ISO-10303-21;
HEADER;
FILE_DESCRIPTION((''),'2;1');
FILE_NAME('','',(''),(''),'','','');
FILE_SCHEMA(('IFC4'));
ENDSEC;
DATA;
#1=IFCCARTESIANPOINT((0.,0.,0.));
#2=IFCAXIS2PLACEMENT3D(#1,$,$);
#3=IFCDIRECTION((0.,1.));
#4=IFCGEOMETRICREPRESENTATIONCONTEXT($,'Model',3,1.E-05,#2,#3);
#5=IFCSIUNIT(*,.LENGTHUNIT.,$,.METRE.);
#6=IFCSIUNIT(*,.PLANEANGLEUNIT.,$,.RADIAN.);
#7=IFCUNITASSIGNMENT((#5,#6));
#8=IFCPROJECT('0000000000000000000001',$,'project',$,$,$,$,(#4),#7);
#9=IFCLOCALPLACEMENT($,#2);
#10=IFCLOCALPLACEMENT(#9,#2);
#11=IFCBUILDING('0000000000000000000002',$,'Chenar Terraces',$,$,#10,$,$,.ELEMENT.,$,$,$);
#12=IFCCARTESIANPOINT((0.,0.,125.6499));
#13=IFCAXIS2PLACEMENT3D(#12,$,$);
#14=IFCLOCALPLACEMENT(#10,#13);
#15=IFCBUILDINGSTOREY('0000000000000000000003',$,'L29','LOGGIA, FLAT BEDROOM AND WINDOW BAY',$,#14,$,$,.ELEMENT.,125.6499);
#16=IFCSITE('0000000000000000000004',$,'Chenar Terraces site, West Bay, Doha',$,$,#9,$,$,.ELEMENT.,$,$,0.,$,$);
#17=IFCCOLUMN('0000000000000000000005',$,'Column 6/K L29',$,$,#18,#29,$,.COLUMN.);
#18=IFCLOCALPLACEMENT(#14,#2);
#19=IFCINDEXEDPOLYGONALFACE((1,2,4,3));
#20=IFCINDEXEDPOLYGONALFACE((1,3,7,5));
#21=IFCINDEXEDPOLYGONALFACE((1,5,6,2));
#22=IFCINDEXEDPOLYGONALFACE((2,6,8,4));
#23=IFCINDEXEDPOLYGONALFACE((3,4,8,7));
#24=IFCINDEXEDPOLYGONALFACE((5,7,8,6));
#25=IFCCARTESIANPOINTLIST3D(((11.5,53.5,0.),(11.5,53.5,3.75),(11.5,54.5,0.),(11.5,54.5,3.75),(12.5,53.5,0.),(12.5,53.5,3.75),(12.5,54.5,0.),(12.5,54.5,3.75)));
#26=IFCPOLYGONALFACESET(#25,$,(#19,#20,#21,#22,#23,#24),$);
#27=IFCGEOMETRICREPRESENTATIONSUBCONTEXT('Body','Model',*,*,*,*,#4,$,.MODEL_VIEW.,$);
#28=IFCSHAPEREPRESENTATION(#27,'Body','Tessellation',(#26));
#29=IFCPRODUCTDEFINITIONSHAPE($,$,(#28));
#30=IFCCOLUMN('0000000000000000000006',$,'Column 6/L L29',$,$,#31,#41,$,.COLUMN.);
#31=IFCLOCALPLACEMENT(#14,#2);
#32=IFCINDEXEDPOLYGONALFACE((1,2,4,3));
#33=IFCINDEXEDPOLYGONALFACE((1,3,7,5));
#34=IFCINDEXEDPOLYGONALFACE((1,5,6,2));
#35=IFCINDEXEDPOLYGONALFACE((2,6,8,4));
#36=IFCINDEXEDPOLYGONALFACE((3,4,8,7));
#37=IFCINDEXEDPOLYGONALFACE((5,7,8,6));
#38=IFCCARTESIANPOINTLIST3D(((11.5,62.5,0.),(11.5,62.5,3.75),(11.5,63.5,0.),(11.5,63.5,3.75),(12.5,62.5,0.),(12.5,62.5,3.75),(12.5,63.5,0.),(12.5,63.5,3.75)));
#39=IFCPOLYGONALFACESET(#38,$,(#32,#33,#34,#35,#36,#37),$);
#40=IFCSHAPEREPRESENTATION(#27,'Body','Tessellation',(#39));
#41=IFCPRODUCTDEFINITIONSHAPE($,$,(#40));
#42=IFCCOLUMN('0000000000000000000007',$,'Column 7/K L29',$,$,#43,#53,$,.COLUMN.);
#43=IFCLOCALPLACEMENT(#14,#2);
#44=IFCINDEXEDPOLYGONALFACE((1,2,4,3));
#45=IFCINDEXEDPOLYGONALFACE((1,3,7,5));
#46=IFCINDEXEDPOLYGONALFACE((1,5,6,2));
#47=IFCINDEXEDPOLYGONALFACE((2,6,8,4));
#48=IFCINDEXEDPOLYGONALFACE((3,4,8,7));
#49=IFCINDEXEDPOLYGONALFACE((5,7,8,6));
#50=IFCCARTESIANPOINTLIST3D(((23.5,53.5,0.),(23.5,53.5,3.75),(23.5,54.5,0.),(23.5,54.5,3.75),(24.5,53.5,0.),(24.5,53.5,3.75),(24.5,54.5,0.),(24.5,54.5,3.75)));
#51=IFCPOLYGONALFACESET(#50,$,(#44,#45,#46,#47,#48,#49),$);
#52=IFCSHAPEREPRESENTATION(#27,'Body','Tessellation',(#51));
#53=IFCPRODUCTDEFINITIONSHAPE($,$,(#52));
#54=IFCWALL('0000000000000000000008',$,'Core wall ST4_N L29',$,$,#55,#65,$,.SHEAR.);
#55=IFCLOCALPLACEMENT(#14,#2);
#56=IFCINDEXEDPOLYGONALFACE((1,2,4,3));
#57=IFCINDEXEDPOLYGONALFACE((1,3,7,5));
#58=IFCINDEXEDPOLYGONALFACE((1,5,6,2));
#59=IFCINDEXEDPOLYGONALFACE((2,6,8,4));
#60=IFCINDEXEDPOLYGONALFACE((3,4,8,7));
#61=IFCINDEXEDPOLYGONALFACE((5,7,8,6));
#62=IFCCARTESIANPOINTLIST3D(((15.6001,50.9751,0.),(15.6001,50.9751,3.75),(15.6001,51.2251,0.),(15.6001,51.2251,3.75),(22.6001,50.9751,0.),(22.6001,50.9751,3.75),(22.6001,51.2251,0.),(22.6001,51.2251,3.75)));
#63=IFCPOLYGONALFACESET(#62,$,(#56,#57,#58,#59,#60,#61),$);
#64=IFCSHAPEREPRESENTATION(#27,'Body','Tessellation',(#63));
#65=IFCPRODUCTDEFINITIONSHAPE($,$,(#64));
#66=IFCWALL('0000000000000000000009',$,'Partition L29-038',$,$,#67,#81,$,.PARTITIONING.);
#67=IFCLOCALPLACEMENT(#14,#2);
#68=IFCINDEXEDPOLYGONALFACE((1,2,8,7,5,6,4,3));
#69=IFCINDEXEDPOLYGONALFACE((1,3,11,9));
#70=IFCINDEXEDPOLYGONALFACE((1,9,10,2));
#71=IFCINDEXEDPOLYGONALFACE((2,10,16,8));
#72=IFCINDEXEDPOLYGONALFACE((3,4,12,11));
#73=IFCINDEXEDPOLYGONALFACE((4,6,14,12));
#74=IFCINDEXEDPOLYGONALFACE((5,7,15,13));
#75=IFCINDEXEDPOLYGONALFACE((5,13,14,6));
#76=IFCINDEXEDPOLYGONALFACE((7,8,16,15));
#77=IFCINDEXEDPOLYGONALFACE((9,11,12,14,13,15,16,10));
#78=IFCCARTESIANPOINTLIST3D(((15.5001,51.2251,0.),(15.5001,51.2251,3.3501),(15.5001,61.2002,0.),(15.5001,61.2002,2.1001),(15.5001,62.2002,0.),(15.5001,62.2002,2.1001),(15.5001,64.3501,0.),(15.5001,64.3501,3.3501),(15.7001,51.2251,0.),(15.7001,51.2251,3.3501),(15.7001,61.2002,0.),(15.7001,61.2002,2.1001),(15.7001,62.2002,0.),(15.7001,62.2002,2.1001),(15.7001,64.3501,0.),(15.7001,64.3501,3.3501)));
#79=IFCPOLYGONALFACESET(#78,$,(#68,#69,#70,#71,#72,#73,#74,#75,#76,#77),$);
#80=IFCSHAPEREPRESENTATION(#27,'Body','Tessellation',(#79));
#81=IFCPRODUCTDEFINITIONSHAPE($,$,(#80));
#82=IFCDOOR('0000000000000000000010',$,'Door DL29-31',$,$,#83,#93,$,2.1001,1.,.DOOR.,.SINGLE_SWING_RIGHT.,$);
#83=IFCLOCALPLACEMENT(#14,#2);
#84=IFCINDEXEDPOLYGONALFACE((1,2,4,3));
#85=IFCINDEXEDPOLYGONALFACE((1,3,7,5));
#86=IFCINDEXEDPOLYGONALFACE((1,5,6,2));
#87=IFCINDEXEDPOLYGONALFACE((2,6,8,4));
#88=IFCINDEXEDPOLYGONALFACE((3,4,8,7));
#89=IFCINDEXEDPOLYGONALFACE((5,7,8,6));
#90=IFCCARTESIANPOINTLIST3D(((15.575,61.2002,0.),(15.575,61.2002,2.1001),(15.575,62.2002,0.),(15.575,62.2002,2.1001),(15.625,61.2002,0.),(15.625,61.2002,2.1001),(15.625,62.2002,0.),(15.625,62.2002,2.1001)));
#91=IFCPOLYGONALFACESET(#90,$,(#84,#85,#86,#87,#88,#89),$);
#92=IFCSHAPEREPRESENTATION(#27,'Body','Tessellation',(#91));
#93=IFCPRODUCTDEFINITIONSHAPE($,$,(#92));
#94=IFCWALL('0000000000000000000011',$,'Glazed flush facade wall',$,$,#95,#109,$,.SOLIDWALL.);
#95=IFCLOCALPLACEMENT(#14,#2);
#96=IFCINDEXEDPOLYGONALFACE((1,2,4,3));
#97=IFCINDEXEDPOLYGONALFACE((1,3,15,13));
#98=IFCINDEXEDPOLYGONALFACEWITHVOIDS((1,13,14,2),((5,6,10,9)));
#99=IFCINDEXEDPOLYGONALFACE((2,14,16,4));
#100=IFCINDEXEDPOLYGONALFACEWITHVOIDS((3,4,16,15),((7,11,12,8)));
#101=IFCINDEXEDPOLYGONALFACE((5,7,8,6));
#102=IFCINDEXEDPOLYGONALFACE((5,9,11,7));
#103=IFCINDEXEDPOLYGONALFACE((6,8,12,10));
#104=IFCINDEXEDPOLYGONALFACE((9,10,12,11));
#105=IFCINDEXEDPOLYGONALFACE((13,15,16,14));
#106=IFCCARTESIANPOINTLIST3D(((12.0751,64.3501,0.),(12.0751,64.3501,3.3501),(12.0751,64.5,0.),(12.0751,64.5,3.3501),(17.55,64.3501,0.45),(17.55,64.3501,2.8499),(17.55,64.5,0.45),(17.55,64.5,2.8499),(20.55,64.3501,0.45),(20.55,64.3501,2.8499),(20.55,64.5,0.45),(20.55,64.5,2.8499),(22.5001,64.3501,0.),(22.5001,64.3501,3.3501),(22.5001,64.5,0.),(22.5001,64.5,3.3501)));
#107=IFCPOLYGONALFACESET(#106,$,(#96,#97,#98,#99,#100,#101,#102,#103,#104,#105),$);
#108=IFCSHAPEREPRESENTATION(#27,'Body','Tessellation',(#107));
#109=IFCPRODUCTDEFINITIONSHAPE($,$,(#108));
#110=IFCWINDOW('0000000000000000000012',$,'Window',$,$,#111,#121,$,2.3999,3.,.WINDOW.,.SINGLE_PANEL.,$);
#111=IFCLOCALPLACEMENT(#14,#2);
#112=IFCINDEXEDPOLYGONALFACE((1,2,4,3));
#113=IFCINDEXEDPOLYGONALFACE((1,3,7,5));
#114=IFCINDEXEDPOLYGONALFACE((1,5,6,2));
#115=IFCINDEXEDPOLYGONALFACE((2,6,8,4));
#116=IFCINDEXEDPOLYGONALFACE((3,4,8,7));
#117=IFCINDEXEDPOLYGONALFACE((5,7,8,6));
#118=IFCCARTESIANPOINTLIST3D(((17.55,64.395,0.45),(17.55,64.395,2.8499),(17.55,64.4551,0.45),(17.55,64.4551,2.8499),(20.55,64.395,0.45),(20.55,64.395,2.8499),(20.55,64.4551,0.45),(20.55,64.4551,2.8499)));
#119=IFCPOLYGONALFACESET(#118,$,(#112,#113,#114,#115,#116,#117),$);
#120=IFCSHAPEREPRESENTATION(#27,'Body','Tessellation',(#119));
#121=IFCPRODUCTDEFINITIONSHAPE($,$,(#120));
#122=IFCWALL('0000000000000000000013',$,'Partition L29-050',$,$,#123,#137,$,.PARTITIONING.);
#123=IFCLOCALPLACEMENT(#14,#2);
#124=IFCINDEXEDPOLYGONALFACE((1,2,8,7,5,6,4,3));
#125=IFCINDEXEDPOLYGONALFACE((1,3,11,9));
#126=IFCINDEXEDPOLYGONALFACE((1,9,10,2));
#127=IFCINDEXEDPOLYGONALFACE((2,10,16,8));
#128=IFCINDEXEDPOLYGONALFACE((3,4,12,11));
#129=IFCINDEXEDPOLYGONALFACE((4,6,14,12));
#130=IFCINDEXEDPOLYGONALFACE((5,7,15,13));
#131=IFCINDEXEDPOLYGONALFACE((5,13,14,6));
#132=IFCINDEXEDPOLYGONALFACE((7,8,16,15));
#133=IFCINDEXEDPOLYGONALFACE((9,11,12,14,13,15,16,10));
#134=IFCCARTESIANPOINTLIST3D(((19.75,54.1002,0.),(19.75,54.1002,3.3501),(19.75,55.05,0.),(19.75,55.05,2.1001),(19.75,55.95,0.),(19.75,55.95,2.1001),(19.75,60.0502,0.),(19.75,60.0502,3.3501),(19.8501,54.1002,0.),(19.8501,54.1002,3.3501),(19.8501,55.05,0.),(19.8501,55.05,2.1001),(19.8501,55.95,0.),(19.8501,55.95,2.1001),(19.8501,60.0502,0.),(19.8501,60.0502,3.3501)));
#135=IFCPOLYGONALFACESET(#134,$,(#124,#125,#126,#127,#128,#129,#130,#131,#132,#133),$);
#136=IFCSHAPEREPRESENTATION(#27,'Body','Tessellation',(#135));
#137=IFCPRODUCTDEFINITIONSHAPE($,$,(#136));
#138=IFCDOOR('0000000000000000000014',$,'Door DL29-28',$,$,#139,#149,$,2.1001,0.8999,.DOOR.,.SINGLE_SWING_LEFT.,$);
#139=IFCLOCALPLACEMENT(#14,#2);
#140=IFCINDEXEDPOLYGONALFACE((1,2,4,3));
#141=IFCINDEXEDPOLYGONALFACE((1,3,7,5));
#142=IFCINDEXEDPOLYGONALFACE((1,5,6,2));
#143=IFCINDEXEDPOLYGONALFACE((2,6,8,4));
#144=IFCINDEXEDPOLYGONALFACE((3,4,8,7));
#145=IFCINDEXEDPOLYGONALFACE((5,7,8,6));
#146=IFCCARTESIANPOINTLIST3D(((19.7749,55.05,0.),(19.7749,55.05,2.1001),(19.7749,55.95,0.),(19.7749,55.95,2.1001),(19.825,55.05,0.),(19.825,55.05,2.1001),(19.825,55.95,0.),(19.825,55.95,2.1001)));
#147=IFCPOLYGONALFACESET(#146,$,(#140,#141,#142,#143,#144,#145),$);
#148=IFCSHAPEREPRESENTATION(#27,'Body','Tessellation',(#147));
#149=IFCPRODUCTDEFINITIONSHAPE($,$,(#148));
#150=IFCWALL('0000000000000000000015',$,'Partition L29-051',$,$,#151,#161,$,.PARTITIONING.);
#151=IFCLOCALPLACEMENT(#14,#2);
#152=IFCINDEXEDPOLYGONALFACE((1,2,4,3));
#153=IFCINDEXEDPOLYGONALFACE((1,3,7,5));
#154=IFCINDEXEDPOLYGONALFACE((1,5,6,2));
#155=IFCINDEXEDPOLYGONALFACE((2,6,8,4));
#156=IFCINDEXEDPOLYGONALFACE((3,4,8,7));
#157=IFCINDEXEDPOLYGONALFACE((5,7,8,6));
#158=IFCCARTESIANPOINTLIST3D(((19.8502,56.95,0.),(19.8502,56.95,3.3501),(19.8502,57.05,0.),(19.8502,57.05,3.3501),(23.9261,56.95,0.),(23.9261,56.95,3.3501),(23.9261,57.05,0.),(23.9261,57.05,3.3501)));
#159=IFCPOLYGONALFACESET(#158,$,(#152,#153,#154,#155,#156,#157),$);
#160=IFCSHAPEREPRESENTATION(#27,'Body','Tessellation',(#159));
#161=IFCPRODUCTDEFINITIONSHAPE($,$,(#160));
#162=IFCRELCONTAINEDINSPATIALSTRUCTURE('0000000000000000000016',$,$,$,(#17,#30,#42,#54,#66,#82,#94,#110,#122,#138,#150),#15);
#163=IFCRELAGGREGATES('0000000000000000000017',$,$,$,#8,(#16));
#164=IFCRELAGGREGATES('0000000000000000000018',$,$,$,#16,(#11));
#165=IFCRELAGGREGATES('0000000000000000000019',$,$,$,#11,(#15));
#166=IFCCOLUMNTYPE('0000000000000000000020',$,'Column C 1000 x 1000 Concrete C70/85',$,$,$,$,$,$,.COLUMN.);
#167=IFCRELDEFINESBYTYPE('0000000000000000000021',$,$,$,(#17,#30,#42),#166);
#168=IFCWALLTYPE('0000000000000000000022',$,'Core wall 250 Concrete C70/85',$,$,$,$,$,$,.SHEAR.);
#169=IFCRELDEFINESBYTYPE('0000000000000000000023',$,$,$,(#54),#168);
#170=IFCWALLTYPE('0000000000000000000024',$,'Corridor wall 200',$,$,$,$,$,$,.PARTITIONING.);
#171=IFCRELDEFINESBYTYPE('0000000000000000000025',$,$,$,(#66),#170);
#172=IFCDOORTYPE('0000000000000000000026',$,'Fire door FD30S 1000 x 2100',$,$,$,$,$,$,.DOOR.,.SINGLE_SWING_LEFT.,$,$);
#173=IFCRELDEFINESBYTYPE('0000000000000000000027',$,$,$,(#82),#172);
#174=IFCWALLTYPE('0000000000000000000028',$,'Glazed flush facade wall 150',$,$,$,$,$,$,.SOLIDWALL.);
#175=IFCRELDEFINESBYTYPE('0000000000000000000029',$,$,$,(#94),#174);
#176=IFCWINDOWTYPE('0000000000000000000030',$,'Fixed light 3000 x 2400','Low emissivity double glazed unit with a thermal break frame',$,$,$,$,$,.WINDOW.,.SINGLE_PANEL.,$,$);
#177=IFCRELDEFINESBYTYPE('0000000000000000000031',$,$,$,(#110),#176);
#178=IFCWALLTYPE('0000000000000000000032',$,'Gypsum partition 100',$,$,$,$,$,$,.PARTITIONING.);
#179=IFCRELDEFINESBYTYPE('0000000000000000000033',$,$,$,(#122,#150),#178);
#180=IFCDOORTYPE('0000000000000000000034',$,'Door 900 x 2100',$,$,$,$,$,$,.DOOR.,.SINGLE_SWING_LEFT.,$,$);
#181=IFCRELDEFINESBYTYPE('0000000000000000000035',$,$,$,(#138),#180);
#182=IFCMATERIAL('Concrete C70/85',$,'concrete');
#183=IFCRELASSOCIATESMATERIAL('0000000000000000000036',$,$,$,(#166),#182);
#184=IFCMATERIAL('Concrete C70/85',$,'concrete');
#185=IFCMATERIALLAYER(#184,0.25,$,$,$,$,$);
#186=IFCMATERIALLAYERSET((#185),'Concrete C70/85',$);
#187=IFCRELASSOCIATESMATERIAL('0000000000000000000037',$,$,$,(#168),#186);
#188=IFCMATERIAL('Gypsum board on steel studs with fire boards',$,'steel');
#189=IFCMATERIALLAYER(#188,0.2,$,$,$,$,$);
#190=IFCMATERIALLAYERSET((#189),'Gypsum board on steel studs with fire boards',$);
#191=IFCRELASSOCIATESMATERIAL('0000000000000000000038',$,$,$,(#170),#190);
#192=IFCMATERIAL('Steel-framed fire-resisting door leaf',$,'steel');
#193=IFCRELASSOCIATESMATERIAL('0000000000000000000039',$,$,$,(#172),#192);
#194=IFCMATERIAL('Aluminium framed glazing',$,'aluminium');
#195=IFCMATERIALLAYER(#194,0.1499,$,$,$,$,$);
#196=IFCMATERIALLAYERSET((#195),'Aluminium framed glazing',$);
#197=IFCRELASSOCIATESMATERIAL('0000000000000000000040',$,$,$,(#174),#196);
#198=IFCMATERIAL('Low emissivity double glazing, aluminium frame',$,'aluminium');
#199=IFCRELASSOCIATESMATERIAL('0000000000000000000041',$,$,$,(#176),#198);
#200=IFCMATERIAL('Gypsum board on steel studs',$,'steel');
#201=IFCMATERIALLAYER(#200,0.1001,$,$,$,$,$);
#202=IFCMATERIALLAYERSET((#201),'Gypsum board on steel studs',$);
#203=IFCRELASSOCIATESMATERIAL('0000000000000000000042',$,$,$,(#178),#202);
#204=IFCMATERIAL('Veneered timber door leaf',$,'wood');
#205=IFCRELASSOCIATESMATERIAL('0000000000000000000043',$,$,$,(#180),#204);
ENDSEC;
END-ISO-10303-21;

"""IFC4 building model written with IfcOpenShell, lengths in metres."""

from ifc_helpers import new_model, si_unit, direction, frame, frame_2d, origin, origin_2d, place, context, subcontext, project, spatial, rectangle, extrude, material, layer, layer_set, material_profile, profile_set, type_object, element, fill, save


model = new_model("IFC4")

# Units and contexts
model_context = context("Model", 3, precision=1e-05, world=origin(), true_north=direction((0.0, 1.0)))
body_context = subcontext(model_context, "Body", "Model", "MODEL_VIEW")
ifc_project = project(units=[si_unit("LENGTHUNIT", "METRE"), si_unit("PLANEANGLEUNIT", "RADIAN")], contexts=[model_context])

# Site, building, storey
site_placement = place(None, origin())
site = spatial("IfcSite", under=ifc_project, at=site_placement, Name="Chenar Terraces site, West Bay, Doha", CompositionType="ELEMENT", RefElevation=0.0)
building_placement = place(site_placement, origin())
building = spatial("IfcBuilding", under=site, at=building_placement, Name="Chenar Terraces", CompositionType="ELEMENT")
storey_placement = place(building_placement, frame((0.0, 0.0, 125.6499)))
storey = spatial("IfcBuildingStorey", under=building, at=storey_placement, Name="L29", Description="LOGGIA, FLAT BEDROOM AND WINDOW BAY", CompositionType="ELEMENT", Elevation=125.6499)

# Columns
ifc_material_1 = material(Name="Concrete C70/85", Category="concrete")
ifc_material_profile = material_profile(ifc_material_1, rectangle(XDim=1.0, YDim=1.0, at=origin_2d()), Name="C 1000 x 1000")
ifc_profile_set = profile_set([ifc_material_profile], Name="Concrete C70/85")
column_type = type_object("IfcColumnType", Name="Column C 1000 x 1000 Concrete C70/85", PredefinedType="COLUMN", material=ifc_profile_set)
for number, where, z_axis, x_axis, name in (
    (1, (12.0, 54.0, 0.0), (0.0, 0.0, 1.0), (1.0, 0.0, 0.0), "Column 6/K L29"),
    (2, (12.0, 63.0, 0.0), (0.0, 0.0, 1.0), (1.0, 0.0, 0.0), "Column 6/L L29"),
    (3, (24.0, 54.0, 0.0), (0.0, 0.0, 1.0), (1.0, 0.0, 0.0), "Column 7/K L29"),
):
    element("IfcColumn", number, at=place(storey_placement, frame(where, z_axis=z_axis, x_axis=x_axis)), inside=storey, type_object=column_type, Name=name, PredefinedType="COLUMN", context=body_context, shape_type="SweptSolid", body=[
        extrude(rectangle(XDim=1.0, YDim=1.0, at=origin_2d()), origin(), (0.0, 0.0, 1.0), 3.75),
    ])

# Wall
ifc_material_2 = material(Name="Concrete C70/85", Category="concrete")
ifc_layer_1 = layer(ifc_material_2, 0.25)
ifc_layer_set_1 = layer_set([ifc_layer_1], Name="Concrete C70/85")
wall_type_1 = type_object("IfcWallType", Name="Core wall 250 Concrete C70/85", PredefinedType="SHEAR", material=ifc_layer_set_1)
wall_1_placement = place(storey_placement, frame((15.6001, 51.1001, 0.0), z_axis=(0.0, 0.0, 1.0), x_axis=(1.0, 0.0, 0.0)))
element("IfcWall", 4, at=wall_1_placement, inside=storey, type_object=wall_type_1, Name="Core wall ST4_N L29", PredefinedType="SHEAR", context=body_context, shape_type="SweptSolid", body=[
    extrude(rectangle(XDim=7.0, YDim=0.25, at=frame_2d((3.5, 0.0))), origin(), (0.0, 0.0, 1.0), 3.75),
])

# Wall, opening, door
ifc_material_3 = material(Name="Gypsum board on steel studs with fire boards", Category="steel")
ifc_layer_2 = layer(ifc_material_3, 0.2)
ifc_layer_set_2 = layer_set([ifc_layer_2], Name="Gypsum board on steel studs with fire boards")
wall_type_2 = type_object("IfcWallType", Name="Corridor wall 200", PredefinedType="PARTITIONING", material=ifc_layer_set_2)
wall_2_placement = place(storey_placement, frame((15.6001, 51.2251, 0.0), z_axis=(0.0, 0.0, 1.0), x_axis=(0.0, 1.0, 0.0)))
wall_2 = element("IfcWall", 5, at=wall_2_placement, inside=storey, type_object=wall_type_2, Name="Partition L29-038", PredefinedType="PARTITIONING", context=body_context, shape_type="SweptSolid", body=[
    extrude(rectangle(XDim=13.125, YDim=0.2, at=frame_2d((6.5625, 0.0))), origin(), (0.0, 0.0, 1.0), 3.3501),
])
opening_1_placement = place(wall_2_placement, frame((9.9751, 0.0, 0.0)))
opening_1 = element("IfcOpeningElement", 6, at=opening_1_placement, cuts=wall_2, PredefinedType="OPENING", context=body_context, shape_type="SweptSolid", body=[
    extrude(rectangle(XDim=1.0, YDim=2.1001, at=frame_2d((0.5, 1.05))), frame((0.0, 0.1099, 0.0), z_axis=(0.0, -1.0, 0.0), x_axis=(1.0, 0.0, 0.0)), (0.0, 0.0, 1.0), 0.22),
])
ifc_material_4 = material(Name="Steel-framed fire-resisting door leaf", Category="steel")
door_type_1 = type_object("IfcDoorType", Name="Fire door FD30S 1000 x 2100", OperationType="SINGLE_SWING_LEFT", PredefinedType="DOOR", material=ifc_material_4)
door_1_placement = place(opening_1_placement, frame((1.0, 0.0, 0.0), z_axis=(0.0, 0.0, 1.0), x_axis=(-1.0, 0.0, 0.0)))
door_1 = element("IfcDoor", 7, at=door_1_placement, inside=storey, type_object=door_type_1, Name="Door DL29-31", OperationType="SINGLE_SWING_RIGHT", OverallHeight=2.1001, OverallWidth=1.0, PredefinedType="DOOR", context=body_context, shape_type="SweptSolid", body=[
    extrude(rectangle(XDim=1.0, YDim=2.1001, at=frame_2d((0.5, 1.05))), frame((0.0, 0.0249, 0.0), z_axis=(0.0, -1.0, 0.0), x_axis=(1.0, 0.0, 0.0)), (0.0, 0.0, 1.0), 0.05),
])
fill(opening_1, door_1)

# Wall, opening, window
ifc_material_5 = material(Name="Aluminium framed glazing", Category="aluminium")
ifc_layer_3 = layer(ifc_material_5, 0.1499)
ifc_layer_set_3 = layer_set([ifc_layer_3], Name="Aluminium framed glazing")
wall_type_3 = type_object("IfcWallType", Name="Glazed flush facade wall 150", PredefinedType="SOLIDWALL", material=ifc_layer_set_3)
wall_3_placement = place(storey_placement, frame((22.5, 64.425, 0.0), z_axis=(0.0, 0.0, 1.0), x_axis=(-1.0, 0.0, 0.0)))
wall_3 = element("IfcWall", 8, at=wall_3_placement, inside=storey, type_object=wall_type_3, Name="Glazed flush facade wall", PredefinedType="SOLIDWALL", context=body_context, shape_type="SweptSolid", body=[
    extrude(rectangle(XDim=10.425, YDim=0.1499, at=frame_2d((5.2124, 0.0))), origin(), (0.0, 0.0, 1.0), 3.3501),
])
opening_2_placement = place(wall_3_placement, frame((1.95, 0.0, 0.45)))
opening_2 = element("IfcOpeningElement", 9, at=opening_2_placement, cuts=wall_3, PredefinedType="OPENING", context=body_context, shape_type="SweptSolid", body=[
    extrude(rectangle(XDim=3.0, YDim=2.3999, at=frame_2d((1.5, 1.2))), frame((0.0, 0.085, 0.0), z_axis=(0.0, -1.0, 0.0), x_axis=(1.0, 0.0, 0.0)), (0.0, 0.0, 1.0), 0.1699),
])
ifc_material_6 = material(Name="Low emissivity double glazing, aluminium frame", Category="aluminium")
window_type = type_object("IfcWindowType", Name="Fixed light 3000 x 2400", Description="Low emissivity double glazed unit with a thermal break frame", PartitioningType="SINGLE_PANEL", PredefinedType="WINDOW", material=ifc_material_6)
window_placement = place(opening_2_placement, origin())
window = element("IfcWindow", 10, at=window_placement, inside=storey, type_object=window_type, Name="Window", OverallHeight=2.3999, OverallWidth=3.0, PartitioningType="SINGLE_PANEL", PredefinedType="WINDOW", context=body_context, shape_type="SweptSolid", body=[
    extrude(rectangle(XDim=3.0, YDim=2.3999, at=frame_2d((1.5, 1.2))), frame((0.0, 0.03, 0.0), z_axis=(0.0, -1.0, 0.0), x_axis=(1.0, 0.0, 0.0)), (0.0, 0.0, 1.0), 0.0601),
])
fill(opening_2, window)

# Wall, opening, door
ifc_material_7 = material(Name="Gypsum board on steel studs", Category="steel")
ifc_layer_4 = layer(ifc_material_7, 0.1001)
ifc_layer_set_4 = layer_set([ifc_layer_4], Name="Gypsum board on steel studs")
wall_type_4 = type_object("IfcWallType", Name="Gypsum partition 100", PredefinedType="PARTITIONING", material=ifc_layer_set_4)
wall_4_placement = place(storey_placement, frame((19.8, 54.1001, 0.0), z_axis=(0.0, 0.0, 1.0), x_axis=(0.0, 1.0, 0.0)))
wall_4 = element("IfcWall", 11, at=wall_4_placement, inside=storey, type_object=wall_type_4, Name="Partition L29-050", PredefinedType="PARTITIONING", context=body_context, shape_type="SweptSolid", body=[
    extrude(rectangle(XDim=5.95, YDim=0.1001, at=frame_2d((2.9751, 0.0))), origin(), (0.0, 0.0, 1.0), 3.3501),
])
opening_3_placement = place(wall_4_placement, frame((0.95, 0.0, 0.0)))
opening_3 = element("IfcOpeningElement", 12, at=opening_3_placement, cuts=wall_4, PredefinedType="OPENING", context=body_context, shape_type="SweptSolid", body=[
    extrude(rectangle(XDim=0.8999, YDim=2.1001, at=frame_2d((0.45, 1.05))), frame((0.0, 0.0601, 0.0), z_axis=(0.0, -1.0, 0.0), x_axis=(1.0, 0.0, 0.0)), (0.0, 0.0, 1.0), 0.1201),
])
ifc_material_8 = material(Name="Veneered timber door leaf", Category="wood")
door_type_2 = type_object("IfcDoorType", Name="Door 900 x 2100", OperationType="SINGLE_SWING_LEFT", PredefinedType="DOOR", material=ifc_material_8)
door_2_placement = place(opening_3_placement, frame((0.8999, 0.0, 0.0), z_axis=(0.0, 0.0, 1.0), x_axis=(-1.0, 0.0, 0.0)))
door_2 = element("IfcDoor", 13, at=door_2_placement, inside=storey, type_object=door_type_2, Name="Door DL29-28", OperationType="SINGLE_SWING_LEFT", OverallHeight=2.1001, OverallWidth=0.8999, PredefinedType="DOOR", context=body_context, shape_type="SweptSolid", body=[
    extrude(rectangle(XDim=0.8999, YDim=2.1001, at=frame_2d((0.45, 1.05))), frame((0.0, 0.0249, 0.0), z_axis=(0.0, -1.0, 0.0), x_axis=(1.0, 0.0, 0.0)), (0.0, 0.0, 1.0), 0.05),
])
fill(opening_3, door_2)

# Wall
wall_5_placement = place(storey_placement, frame((19.8501, 57.0, 0.0), z_axis=(0.0, 0.0, 1.0), x_axis=(1.0, 0.0, 0.0)))
element("IfcWall", 14, at=wall_5_placement, inside=storey, type_object=wall_type_4, Name="Partition L29-051", PredefinedType="PARTITIONING", context=body_context, shape_type="SweptSolid", body=[
    extrude(rectangle(XDim=4.0759, YDim=0.1001, at=frame_2d((2.0381, 0.0))), origin(), (0.0, 0.0, 1.0), 3.3501),
])

save(model, "model.ifc")
